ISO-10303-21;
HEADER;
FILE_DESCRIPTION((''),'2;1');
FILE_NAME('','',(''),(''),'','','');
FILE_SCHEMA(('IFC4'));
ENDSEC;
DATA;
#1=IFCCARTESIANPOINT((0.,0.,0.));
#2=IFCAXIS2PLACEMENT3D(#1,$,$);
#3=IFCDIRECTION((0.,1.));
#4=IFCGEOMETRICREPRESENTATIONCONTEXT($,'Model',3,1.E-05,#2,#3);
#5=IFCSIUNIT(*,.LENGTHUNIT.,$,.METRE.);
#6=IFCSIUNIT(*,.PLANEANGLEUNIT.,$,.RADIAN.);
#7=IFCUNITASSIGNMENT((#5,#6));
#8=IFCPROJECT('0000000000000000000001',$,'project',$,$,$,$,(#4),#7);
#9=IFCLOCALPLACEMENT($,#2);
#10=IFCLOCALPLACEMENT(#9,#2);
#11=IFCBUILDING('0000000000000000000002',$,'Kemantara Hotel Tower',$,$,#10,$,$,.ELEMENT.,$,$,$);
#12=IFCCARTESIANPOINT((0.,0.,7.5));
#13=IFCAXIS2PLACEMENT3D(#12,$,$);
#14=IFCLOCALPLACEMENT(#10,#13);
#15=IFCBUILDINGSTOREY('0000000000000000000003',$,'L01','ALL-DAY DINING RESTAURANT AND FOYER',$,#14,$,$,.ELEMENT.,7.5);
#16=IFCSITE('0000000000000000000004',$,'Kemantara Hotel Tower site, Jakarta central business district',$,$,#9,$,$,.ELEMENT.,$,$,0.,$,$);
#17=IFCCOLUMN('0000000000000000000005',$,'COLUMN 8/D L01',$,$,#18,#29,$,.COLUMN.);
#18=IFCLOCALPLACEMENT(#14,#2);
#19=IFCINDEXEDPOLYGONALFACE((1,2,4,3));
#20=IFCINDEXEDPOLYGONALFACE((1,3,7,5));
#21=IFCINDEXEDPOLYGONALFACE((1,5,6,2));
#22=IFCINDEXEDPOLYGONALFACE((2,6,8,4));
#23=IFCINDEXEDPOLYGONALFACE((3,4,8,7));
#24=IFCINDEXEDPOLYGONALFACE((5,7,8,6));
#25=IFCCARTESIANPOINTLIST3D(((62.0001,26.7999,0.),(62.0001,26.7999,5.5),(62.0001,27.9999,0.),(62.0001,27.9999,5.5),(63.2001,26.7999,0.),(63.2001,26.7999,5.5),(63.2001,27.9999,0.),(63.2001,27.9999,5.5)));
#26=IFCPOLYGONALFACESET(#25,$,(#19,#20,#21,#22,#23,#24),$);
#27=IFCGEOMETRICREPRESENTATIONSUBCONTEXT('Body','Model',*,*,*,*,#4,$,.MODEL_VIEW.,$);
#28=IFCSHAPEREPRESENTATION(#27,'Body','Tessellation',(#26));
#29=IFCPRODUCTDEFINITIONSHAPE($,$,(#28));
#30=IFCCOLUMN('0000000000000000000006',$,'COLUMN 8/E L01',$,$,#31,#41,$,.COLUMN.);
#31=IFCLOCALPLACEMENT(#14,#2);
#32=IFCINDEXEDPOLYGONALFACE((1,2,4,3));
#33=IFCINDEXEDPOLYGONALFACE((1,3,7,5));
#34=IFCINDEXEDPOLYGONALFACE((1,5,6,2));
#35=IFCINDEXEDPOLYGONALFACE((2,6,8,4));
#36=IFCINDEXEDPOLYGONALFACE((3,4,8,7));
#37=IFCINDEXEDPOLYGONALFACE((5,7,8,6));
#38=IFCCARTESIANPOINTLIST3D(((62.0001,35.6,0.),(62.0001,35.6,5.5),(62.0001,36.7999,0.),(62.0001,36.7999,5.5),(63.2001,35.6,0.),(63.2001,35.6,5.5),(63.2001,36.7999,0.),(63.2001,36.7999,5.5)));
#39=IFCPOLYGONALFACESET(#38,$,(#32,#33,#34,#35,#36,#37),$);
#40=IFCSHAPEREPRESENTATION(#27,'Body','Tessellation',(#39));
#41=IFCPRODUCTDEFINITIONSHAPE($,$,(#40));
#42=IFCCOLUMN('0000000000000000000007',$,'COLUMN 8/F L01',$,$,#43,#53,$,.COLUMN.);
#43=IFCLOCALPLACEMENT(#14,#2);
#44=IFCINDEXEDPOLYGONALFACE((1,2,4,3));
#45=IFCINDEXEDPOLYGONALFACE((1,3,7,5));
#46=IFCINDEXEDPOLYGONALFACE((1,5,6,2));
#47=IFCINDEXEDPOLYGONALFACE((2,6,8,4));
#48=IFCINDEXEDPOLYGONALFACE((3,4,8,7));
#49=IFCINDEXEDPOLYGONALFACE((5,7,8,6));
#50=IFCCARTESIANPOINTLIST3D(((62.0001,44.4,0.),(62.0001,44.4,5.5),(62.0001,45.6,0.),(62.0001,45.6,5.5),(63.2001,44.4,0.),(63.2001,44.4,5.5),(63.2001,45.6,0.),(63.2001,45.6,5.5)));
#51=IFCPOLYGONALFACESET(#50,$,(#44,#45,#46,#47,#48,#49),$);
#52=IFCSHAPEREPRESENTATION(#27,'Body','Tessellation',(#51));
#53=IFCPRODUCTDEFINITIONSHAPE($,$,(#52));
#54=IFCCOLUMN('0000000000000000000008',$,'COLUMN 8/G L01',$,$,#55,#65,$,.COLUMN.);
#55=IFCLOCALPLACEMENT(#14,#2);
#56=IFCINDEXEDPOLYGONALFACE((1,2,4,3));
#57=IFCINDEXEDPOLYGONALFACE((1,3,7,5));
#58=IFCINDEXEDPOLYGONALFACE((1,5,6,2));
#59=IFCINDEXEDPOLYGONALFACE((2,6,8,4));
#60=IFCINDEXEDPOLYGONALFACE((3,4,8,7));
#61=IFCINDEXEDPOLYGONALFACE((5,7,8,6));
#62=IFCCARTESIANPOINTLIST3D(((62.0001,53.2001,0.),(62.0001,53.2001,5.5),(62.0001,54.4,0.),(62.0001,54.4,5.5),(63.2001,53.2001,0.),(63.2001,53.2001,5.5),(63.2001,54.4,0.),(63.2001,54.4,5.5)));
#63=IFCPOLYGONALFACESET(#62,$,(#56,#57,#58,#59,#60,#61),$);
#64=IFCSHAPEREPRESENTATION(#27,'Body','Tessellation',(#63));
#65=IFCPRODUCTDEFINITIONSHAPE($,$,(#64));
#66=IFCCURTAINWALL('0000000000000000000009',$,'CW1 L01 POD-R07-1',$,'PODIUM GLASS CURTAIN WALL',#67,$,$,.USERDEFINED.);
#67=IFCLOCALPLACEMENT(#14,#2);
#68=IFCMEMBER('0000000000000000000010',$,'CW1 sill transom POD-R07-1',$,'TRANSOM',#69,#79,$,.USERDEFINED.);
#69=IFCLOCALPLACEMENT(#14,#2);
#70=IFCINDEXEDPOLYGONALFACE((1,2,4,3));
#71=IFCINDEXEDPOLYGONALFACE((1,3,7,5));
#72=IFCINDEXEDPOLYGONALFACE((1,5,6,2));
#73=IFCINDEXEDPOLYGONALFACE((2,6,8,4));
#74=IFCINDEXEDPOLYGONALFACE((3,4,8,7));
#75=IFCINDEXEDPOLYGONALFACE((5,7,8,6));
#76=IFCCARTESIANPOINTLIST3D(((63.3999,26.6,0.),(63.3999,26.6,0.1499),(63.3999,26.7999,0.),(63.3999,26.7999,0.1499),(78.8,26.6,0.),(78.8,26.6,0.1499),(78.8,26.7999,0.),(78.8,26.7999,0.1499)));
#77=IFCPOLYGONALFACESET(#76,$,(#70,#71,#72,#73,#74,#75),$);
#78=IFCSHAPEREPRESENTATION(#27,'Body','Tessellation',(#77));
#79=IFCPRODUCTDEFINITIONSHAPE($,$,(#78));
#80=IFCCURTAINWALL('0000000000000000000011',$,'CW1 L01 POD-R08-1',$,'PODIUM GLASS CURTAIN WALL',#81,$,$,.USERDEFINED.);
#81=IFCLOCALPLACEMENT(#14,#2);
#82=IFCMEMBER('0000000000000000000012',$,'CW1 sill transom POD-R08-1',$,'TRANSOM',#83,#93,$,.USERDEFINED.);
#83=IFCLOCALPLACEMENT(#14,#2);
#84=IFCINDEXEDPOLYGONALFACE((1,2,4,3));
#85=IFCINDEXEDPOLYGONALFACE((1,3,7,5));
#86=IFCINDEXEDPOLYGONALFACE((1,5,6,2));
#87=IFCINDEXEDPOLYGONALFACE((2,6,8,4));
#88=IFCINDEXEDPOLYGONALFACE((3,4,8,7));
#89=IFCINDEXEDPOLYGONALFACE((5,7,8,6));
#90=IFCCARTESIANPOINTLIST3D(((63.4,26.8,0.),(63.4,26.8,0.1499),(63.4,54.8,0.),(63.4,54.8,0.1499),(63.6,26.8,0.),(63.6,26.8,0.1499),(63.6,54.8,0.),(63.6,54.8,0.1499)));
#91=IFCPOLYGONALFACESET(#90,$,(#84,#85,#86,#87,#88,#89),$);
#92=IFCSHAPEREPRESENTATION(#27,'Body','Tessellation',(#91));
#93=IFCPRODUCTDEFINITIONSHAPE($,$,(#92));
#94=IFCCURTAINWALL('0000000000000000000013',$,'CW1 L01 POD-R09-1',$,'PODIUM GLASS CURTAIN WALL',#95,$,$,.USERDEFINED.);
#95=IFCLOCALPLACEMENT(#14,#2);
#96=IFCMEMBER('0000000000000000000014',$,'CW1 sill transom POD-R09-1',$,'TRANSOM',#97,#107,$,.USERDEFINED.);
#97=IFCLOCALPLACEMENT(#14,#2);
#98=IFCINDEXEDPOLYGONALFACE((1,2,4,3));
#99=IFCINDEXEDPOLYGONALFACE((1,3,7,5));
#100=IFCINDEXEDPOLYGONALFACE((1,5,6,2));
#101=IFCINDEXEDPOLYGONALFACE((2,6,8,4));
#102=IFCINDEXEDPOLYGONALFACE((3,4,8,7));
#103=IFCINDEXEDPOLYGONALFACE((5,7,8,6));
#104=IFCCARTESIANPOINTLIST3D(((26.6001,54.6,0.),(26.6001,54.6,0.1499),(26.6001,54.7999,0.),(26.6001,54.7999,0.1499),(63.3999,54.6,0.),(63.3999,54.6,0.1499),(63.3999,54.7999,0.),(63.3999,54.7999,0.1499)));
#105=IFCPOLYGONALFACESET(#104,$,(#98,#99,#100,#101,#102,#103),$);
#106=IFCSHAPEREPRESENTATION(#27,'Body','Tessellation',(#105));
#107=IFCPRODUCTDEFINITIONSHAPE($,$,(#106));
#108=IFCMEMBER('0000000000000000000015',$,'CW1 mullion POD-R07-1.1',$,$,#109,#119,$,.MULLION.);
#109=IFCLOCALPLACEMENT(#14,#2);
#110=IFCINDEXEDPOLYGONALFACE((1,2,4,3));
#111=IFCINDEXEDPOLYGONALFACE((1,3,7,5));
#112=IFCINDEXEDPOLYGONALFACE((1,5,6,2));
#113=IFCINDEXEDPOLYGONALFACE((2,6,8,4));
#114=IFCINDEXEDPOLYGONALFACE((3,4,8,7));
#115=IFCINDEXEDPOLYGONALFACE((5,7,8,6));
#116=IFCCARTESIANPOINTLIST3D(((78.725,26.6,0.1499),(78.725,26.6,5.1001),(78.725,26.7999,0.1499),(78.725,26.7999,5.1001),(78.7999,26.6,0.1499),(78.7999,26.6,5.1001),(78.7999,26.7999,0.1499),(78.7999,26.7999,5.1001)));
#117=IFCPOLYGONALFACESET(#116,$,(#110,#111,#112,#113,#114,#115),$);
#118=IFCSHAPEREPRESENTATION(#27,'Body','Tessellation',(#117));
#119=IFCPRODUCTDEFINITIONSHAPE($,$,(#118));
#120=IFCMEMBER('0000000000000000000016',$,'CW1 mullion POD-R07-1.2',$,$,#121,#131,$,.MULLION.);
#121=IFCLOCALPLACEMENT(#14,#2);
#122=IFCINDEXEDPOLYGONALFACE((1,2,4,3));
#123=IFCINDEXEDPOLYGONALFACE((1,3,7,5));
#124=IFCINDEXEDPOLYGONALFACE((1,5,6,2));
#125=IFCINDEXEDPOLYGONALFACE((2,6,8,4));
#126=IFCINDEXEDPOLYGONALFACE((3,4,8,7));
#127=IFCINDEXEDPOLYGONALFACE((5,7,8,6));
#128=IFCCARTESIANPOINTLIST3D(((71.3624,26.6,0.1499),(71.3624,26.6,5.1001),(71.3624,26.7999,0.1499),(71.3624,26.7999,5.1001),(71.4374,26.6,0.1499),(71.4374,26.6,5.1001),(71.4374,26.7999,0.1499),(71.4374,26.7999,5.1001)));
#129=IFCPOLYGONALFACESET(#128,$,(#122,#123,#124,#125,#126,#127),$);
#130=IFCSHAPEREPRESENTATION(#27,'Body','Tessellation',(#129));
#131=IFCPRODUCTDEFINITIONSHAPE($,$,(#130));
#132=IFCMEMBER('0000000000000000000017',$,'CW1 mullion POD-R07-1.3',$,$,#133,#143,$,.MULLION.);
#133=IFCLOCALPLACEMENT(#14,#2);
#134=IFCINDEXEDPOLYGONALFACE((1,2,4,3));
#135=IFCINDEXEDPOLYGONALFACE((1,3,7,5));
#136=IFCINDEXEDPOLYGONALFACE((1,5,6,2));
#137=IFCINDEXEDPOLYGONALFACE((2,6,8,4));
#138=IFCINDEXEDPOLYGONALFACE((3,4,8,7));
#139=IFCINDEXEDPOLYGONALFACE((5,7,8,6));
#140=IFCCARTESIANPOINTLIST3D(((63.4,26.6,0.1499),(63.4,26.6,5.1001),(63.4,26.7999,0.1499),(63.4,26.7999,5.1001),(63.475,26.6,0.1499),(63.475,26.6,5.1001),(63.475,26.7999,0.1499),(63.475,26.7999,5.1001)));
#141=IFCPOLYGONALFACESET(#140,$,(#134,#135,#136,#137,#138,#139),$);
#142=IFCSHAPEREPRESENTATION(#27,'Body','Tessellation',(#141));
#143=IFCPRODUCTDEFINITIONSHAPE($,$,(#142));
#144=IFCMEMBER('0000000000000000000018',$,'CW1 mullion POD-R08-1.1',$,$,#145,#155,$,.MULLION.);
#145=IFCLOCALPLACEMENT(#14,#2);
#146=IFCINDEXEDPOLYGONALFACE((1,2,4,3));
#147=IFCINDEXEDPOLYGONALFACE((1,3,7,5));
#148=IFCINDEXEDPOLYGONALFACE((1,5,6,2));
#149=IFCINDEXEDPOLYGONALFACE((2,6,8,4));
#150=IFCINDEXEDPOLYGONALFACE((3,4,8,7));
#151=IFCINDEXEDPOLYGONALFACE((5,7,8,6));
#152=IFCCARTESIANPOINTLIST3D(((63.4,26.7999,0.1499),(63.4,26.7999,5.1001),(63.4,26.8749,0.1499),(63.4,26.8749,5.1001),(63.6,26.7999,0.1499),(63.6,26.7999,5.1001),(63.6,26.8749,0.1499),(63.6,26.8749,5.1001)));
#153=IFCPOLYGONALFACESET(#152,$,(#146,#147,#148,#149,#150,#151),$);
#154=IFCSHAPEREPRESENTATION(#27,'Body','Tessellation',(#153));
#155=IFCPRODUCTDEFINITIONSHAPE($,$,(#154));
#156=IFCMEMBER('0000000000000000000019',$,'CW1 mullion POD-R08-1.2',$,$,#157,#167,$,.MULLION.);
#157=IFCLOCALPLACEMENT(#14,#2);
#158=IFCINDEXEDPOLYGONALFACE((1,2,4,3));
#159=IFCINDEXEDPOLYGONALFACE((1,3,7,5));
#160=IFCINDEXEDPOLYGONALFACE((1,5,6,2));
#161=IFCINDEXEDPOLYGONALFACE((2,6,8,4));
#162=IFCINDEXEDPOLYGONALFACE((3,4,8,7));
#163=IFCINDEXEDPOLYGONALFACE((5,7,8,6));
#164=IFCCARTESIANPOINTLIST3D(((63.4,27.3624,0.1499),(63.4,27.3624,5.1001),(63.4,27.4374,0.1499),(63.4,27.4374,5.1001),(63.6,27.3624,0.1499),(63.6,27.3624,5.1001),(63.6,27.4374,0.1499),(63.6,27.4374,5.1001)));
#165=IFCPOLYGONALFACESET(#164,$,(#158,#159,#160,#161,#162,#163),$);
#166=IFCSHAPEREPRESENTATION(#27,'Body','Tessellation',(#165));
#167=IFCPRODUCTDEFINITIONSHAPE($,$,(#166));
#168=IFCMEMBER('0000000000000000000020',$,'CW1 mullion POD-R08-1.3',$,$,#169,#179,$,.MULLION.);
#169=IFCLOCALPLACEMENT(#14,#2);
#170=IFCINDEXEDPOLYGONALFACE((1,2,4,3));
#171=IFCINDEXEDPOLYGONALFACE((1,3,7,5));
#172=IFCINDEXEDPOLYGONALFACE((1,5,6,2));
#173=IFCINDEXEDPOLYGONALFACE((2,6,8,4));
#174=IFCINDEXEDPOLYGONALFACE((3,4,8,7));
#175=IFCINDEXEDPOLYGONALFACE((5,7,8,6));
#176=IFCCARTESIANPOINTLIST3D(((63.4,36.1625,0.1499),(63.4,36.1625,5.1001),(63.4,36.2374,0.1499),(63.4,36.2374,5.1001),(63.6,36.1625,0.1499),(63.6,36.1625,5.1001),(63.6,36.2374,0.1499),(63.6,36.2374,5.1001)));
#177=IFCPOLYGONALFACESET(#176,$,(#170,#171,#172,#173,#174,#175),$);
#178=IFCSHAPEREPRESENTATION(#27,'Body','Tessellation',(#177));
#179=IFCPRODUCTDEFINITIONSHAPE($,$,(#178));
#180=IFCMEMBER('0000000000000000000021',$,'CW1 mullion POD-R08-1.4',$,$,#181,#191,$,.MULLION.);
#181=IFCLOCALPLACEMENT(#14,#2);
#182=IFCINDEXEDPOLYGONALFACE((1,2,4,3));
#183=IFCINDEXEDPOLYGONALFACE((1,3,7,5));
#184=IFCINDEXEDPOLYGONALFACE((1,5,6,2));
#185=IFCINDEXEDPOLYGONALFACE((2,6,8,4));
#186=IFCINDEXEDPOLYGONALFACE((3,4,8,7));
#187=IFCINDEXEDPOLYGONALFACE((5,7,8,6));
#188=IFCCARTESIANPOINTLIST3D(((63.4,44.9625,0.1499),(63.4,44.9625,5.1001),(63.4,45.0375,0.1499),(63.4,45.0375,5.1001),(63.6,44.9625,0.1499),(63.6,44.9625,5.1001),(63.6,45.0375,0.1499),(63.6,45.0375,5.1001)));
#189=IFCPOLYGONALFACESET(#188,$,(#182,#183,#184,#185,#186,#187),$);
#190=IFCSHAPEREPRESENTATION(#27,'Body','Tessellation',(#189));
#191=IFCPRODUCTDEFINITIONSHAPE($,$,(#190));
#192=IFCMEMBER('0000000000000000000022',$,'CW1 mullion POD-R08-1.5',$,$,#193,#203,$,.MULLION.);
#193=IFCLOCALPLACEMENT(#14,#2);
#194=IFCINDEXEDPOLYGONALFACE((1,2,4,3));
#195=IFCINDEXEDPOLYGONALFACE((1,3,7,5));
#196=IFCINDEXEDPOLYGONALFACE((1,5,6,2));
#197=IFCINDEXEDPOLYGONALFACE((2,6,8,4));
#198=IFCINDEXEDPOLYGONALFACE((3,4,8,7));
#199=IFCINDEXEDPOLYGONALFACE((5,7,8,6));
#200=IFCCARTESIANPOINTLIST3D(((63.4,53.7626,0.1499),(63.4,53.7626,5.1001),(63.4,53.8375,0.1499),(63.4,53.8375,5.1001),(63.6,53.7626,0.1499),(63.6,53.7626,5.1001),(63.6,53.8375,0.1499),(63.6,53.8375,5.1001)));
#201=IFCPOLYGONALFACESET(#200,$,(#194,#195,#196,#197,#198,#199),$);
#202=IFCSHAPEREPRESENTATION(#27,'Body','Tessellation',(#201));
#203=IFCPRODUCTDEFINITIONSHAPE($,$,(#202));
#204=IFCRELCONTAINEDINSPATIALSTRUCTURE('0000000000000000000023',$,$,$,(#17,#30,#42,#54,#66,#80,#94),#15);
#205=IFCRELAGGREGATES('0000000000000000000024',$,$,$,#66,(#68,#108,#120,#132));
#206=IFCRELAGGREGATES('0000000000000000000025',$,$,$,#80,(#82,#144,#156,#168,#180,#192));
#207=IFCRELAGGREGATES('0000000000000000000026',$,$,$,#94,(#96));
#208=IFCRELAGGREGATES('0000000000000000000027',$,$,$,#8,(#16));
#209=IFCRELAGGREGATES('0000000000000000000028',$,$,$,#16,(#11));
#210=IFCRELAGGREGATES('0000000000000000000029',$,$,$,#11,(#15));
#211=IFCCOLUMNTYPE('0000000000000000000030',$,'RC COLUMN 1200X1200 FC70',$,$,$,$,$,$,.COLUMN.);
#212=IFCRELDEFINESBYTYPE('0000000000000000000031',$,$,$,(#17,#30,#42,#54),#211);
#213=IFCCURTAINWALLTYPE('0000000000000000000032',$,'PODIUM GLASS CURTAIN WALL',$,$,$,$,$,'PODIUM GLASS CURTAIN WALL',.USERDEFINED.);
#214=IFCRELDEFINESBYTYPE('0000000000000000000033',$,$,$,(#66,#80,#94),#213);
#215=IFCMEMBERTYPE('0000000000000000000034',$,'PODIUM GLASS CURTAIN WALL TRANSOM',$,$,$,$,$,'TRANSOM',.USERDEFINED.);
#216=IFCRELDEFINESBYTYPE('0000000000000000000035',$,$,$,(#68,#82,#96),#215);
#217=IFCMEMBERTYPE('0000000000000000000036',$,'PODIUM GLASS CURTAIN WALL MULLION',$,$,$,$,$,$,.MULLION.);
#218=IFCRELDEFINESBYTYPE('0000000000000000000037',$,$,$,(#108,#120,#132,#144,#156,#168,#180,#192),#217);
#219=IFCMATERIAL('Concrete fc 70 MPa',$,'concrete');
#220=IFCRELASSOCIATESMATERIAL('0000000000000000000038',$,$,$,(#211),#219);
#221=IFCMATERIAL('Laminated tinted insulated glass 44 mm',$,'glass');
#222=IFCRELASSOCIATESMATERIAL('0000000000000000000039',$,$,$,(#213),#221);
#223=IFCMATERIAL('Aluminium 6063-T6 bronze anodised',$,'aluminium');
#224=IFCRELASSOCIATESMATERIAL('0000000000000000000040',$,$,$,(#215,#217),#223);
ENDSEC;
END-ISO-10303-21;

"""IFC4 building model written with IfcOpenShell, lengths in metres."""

from ifc_helpers import new_model, si_unit, direction, frame, origin, origin_2d, place, context, subcontext, project, spatial, rectangle, extrude, source, transform, mapped, material, material_profile, profile_set, type_object, element, aggregate, save


model = new_model("IFC4")

# Units and contexts
model_context = context("Model", 3, precision=1e-05, world=origin(), true_north=direction((0.0, 1.0)))
body_context = subcontext(model_context, "Body", "Model", "MODEL_VIEW")
ifc_project = project(units=[si_unit("LENGTHUNIT", "METRE"), si_unit("PLANEANGLEUNIT", "RADIAN")], contexts=[model_context])

# Site, building, storey
site_placement = place(None, origin())
site = spatial("IfcSite", under=ifc_project, at=site_placement, Name="Kemantara Hotel Tower site, Jakarta central business district", CompositionType="ELEMENT", RefElevation=0.0)
building_placement = place(site_placement, origin())
building = spatial("IfcBuilding", under=site, at=building_placement, Name="Kemantara Hotel Tower", CompositionType="ELEMENT")
storey_placement = place(building_placement, frame((0.0, 0.0, 7.5)))
storey = spatial("IfcBuildingStorey", under=building, at=storey_placement, Name="L01", Description="ALL-DAY DINING RESTAURANT AND FOYER", CompositionType="ELEMENT", Elevation=7.5)

# Columns
ifc_material_1 = material(Name="Concrete fc 70 MPa", Category="concrete")
ifc_material_profile_1 = material_profile(ifc_material_1, rectangle(XDim=1.2, YDim=1.2, at=origin_2d()), Name="RC 1200X1200")
ifc_profile_set_1 = profile_set([ifc_material_profile_1], Name="Concrete fc 70 MPa")
column_type = type_object("IfcColumnType", Name="RC COLUMN 1200X1200 FC70", PredefinedType="COLUMN", material=ifc_profile_set_1)
for number, where, z_axis, x_axis, name in (
    (1, (62.6001, 27.3999, 0.0), (0.0, 0.0, 1.0), (1.0, 0.0, 0.0), "COLUMN 8/D L01"),
    (2, (62.6001, 36.2, 0.0), (0.0, 0.0, 1.0), (1.0, 0.0, 0.0), "COLUMN 8/E L01"),
    (3, (62.6001, 45.0, 0.0), (0.0, 0.0, 1.0), (1.0, 0.0, 0.0), "COLUMN 8/F L01"),
    (4, (62.6001, 53.8, 0.0), (0.0, 0.0, 1.0), (1.0, 0.0, 0.0), "COLUMN 8/G L01"),
):
    element("IfcColumn", number, at=place(storey_placement, frame(where, z_axis=z_axis, x_axis=x_axis)), inside=storey, type_object=column_type, Name=name, PredefinedType="COLUMN", context=body_context, shape_type="SweptSolid", body=[
        extrude(rectangle(XDim=1.2, YDim=1.2, at=origin_2d()), origin(), (0.0, 0.0, 1.0), 5.5),
    ])

# Curtain walls, members
ifc_material_2 = material(Name="Laminated tinted insulated glass 44 mm", Category="glass")
curtain_wall_type = type_object("IfcCurtainWallType", Name="PODIUM GLASS CURTAIN WALL", ElementType="PODIUM GLASS CURTAIN WALL", PredefinedType="USERDEFINED", material=ifc_material_2)
curtain_wall_1_placement = place(storey_placement, origin())
curtain_wall_1 = element("IfcCurtainWall", 5, at=curtain_wall_1_placement, inside=storey, type_object=curtain_wall_type, Name="CW1 L01 POD-R07-1", ObjectType="PODIUM GLASS CURTAIN WALL", PredefinedType="USERDEFINED")
ifc_material_3 = material(Name="Aluminium 6063-T6 bronze anodised", Category="aluminium")
ifc_material_profile_2 = material_profile(ifc_material_3, rectangle(XDim=0.2, YDim=0.1499, at=origin_2d()), Name="PODIUM GLASS CURTAIN WALL TRANSOM")
ifc_profile_set_2 = profile_set([ifc_material_profile_2], Name="Aluminium 6063-T6 bronze anodised")
member_type_1 = type_object("IfcMemberType", Name="PODIUM GLASS CURTAIN WALL TRANSOM", ElementType="TRANSOM", PredefinedType="USERDEFINED", material=ifc_profile_set_2)
member_1_placement = place(storey_placement, frame((78.8, 26.7, 0.075), z_axis=(-1.0, 0.0, 0.0), x_axis=(0.0, -1.0, 0.0)))
member_1 = element("IfcMember", 6, at=member_1_placement, type_object=member_type_1, Name="CW1 sill transom POD-R07-1", ObjectType="TRANSOM", PredefinedType="USERDEFINED", context=body_context, shape_type="SweptSolid", body=[
    extrude(rectangle(XDim=0.2, YDim=0.1499, at=origin_2d()), origin(), (0.0, 0.0, 1.0), 15.4001),
])
curtain_wall_2_placement = place(storey_placement, origin())
curtain_wall_2 = element("IfcCurtainWall", 7, at=curtain_wall_2_placement, inside=storey, type_object=curtain_wall_type, Name="CW1 L01 POD-R08-1", ObjectType="PODIUM GLASS CURTAIN WALL", PredefinedType="USERDEFINED")
member_2_placement = place(storey_placement, frame((63.5, 26.8, 0.075), z_axis=(0.0, 1.0, 0.0), x_axis=(-1.0, 0.0, 0.0)))
member_2 = element("IfcMember", 8, at=member_2_placement, type_object=member_type_1, Name="CW1 sill transom POD-R08-1", ObjectType="TRANSOM", PredefinedType="USERDEFINED", context=body_context, shape_type="SweptSolid", body=[
    extrude(rectangle(XDim=0.2, YDim=0.1499, at=origin_2d()), origin(), (0.0, 0.0, 1.0), 28.0),
])
curtain_wall_3_placement = place(storey_placement, origin())
curtain_wall_3 = element("IfcCurtainWall", 9, at=curtain_wall_3_placement, inside=storey, type_object=curtain_wall_type, Name="CW1 L01 POD-R09-1", ObjectType="PODIUM GLASS CURTAIN WALL", PredefinedType="USERDEFINED")
member_3_placement = place(storey_placement, frame((63.3999, 54.7, 0.075), z_axis=(-1.0, 0.0, 0.0), x_axis=(0.0, -1.0, 0.0)))
member_3 = element("IfcMember", 10, at=member_3_placement, type_object=member_type_1, Name="CW1 sill transom POD-R09-1", ObjectType="TRANSOM", PredefinedType="USERDEFINED", context=body_context, shape_type="SweptSolid", body=[
    extrude(rectangle(XDim=0.2, YDim=0.1499, at=origin_2d()), origin(), (0.0, 0.0, 1.0), 36.7998),
])

# Members
ifc_material_profile_3 = material_profile(ifc_material_3, rectangle(XDim=0.2, YDim=0.075, at=origin_2d()), Name="PODIUM GLASS CURTAIN WALL MULLION")
ifc_profile_set_3 = profile_set([ifc_material_profile_3], Name="Aluminium 6063-T6 bronze anodised")
member_type_2 = type_object("IfcMemberType", Name="PODIUM GLASS CURTAIN WALL MULLION", PredefinedType="MULLION", material=ifc_profile_set_3)
shared_shape_1 = source(origin(), body_context, "Body", "SweptSolid", [
    extrude(rectangle(XDim=0.2, YDim=0.075, at=origin_2d()), origin(), (0.0, 0.0, 1.0), 4.9502),
])
member_4_placement = place(storey_placement, frame((78.7625, 26.7, 0.1499), z_axis=(0.0, 0.0, 1.0), x_axis=(0.0, -1.0, 0.0)))
member_4 = element("IfcMember", 11, at=member_4_placement, type_object=member_type_2, Name="CW1 mullion POD-R07-1.1", PredefinedType="MULLION", context=body_context, shape_type="MappedRepresentation", body=[
    mapped(shared_shape_1, transform((0.0, 0.0, 0.0))),
])
member_5_placement = place(storey_placement, frame((71.3999, 26.7, 0.1499), z_axis=(0.0, 0.0, 1.0), x_axis=(0.0, -1.0, 0.0)))
member_5 = element("IfcMember", 12, at=member_5_placement, type_object=member_type_2, Name="CW1 mullion POD-R07-1.2", PredefinedType="MULLION", context=body_context, shape_type="MappedRepresentation", body=[
    mapped(shared_shape_1, transform((0.0, 0.0, 0.0))),
])
member_6_placement = place(storey_placement, frame((63.4375, 26.7, 0.1499), z_axis=(0.0, 0.0, 1.0), x_axis=(0.0, -1.0, 0.0)))
member_6 = element("IfcMember", 13, at=member_6_placement, type_object=member_type_2, Name="CW1 mullion POD-R07-1.3", PredefinedType="MULLION", context=body_context, shape_type="MappedRepresentation", body=[
    mapped(shared_shape_1, transform((0.0, 0.0, 0.0))),
])
member_7_placement = place(storey_placement, frame((63.5, 26.8374, 0.1499), z_axis=(0.0, 0.0, 1.0), x_axis=(-1.0, 0.0, 0.0)))
member_7 = element("IfcMember", 14, at=member_7_placement, type_object=member_type_2, Name="CW1 mullion POD-R08-1.1", PredefinedType="MULLION", context=body_context, shape_type="MappedRepresentation", body=[
    mapped(shared_shape_1, transform((0.0, 0.0, 0.0))),
])
member_8_placement = place(storey_placement, frame((63.5, 27.3999, 0.1499), z_axis=(0.0, 0.0, 1.0), x_axis=(-1.0, 0.0, 0.0)))
member_8 = element("IfcMember", 15, at=member_8_placement, type_object=member_type_2, Name="CW1 mullion POD-R08-1.2", PredefinedType="MULLION", context=body_context, shape_type="MappedRepresentation", body=[
    mapped(shared_shape_1, transform((0.0, 0.0, 0.0))),
])
member_9_placement = place(storey_placement, frame((63.5, 36.2, 0.1499), z_axis=(0.0, 0.0, 1.0), x_axis=(-1.0, 0.0, 0.0)))
member_9 = element("IfcMember", 16, at=member_9_placement, type_object=member_type_2, Name="CW1 mullion POD-R08-1.3", PredefinedType="MULLION", context=body_context, shape_type="MappedRepresentation", body=[
    mapped(shared_shape_1, transform((0.0, 0.0, 0.0))),
])
member_10_placement = place(storey_placement, frame((63.5, 45.0, 0.1499), z_axis=(0.0, 0.0, 1.0), x_axis=(-1.0, 0.0, 0.0)))
member_10 = element("IfcMember", 17, at=member_10_placement, type_object=member_type_2, Name="CW1 mullion POD-R08-1.4", PredefinedType="MULLION", context=body_context, shape_type="MappedRepresentation", body=[
    mapped(shared_shape_1, transform((0.0, 0.0, 0.0))),
])
member_11_placement = place(storey_placement, frame((63.5, 53.8, 0.1499), z_axis=(0.0, 0.0, 1.0), x_axis=(-1.0, 0.0, 0.0)))
member_11 = element("IfcMember", 18, at=member_11_placement, type_object=member_type_2, Name="CW1 mullion POD-R08-1.5", PredefinedType="MULLION", context=body_context, shape_type="MappedRepresentation", body=[
    mapped(shared_shape_1, transform((0.0, 0.0, 0.0))),
])

aggregate(curtain_wall_1, [member_1, member_4, member_5, member_6])
aggregate(curtain_wall_2, [member_2, member_7, member_8, member_9, member_10, member_11])
aggregate(curtain_wall_3, [member_3])

save(model, "model.ifc")
